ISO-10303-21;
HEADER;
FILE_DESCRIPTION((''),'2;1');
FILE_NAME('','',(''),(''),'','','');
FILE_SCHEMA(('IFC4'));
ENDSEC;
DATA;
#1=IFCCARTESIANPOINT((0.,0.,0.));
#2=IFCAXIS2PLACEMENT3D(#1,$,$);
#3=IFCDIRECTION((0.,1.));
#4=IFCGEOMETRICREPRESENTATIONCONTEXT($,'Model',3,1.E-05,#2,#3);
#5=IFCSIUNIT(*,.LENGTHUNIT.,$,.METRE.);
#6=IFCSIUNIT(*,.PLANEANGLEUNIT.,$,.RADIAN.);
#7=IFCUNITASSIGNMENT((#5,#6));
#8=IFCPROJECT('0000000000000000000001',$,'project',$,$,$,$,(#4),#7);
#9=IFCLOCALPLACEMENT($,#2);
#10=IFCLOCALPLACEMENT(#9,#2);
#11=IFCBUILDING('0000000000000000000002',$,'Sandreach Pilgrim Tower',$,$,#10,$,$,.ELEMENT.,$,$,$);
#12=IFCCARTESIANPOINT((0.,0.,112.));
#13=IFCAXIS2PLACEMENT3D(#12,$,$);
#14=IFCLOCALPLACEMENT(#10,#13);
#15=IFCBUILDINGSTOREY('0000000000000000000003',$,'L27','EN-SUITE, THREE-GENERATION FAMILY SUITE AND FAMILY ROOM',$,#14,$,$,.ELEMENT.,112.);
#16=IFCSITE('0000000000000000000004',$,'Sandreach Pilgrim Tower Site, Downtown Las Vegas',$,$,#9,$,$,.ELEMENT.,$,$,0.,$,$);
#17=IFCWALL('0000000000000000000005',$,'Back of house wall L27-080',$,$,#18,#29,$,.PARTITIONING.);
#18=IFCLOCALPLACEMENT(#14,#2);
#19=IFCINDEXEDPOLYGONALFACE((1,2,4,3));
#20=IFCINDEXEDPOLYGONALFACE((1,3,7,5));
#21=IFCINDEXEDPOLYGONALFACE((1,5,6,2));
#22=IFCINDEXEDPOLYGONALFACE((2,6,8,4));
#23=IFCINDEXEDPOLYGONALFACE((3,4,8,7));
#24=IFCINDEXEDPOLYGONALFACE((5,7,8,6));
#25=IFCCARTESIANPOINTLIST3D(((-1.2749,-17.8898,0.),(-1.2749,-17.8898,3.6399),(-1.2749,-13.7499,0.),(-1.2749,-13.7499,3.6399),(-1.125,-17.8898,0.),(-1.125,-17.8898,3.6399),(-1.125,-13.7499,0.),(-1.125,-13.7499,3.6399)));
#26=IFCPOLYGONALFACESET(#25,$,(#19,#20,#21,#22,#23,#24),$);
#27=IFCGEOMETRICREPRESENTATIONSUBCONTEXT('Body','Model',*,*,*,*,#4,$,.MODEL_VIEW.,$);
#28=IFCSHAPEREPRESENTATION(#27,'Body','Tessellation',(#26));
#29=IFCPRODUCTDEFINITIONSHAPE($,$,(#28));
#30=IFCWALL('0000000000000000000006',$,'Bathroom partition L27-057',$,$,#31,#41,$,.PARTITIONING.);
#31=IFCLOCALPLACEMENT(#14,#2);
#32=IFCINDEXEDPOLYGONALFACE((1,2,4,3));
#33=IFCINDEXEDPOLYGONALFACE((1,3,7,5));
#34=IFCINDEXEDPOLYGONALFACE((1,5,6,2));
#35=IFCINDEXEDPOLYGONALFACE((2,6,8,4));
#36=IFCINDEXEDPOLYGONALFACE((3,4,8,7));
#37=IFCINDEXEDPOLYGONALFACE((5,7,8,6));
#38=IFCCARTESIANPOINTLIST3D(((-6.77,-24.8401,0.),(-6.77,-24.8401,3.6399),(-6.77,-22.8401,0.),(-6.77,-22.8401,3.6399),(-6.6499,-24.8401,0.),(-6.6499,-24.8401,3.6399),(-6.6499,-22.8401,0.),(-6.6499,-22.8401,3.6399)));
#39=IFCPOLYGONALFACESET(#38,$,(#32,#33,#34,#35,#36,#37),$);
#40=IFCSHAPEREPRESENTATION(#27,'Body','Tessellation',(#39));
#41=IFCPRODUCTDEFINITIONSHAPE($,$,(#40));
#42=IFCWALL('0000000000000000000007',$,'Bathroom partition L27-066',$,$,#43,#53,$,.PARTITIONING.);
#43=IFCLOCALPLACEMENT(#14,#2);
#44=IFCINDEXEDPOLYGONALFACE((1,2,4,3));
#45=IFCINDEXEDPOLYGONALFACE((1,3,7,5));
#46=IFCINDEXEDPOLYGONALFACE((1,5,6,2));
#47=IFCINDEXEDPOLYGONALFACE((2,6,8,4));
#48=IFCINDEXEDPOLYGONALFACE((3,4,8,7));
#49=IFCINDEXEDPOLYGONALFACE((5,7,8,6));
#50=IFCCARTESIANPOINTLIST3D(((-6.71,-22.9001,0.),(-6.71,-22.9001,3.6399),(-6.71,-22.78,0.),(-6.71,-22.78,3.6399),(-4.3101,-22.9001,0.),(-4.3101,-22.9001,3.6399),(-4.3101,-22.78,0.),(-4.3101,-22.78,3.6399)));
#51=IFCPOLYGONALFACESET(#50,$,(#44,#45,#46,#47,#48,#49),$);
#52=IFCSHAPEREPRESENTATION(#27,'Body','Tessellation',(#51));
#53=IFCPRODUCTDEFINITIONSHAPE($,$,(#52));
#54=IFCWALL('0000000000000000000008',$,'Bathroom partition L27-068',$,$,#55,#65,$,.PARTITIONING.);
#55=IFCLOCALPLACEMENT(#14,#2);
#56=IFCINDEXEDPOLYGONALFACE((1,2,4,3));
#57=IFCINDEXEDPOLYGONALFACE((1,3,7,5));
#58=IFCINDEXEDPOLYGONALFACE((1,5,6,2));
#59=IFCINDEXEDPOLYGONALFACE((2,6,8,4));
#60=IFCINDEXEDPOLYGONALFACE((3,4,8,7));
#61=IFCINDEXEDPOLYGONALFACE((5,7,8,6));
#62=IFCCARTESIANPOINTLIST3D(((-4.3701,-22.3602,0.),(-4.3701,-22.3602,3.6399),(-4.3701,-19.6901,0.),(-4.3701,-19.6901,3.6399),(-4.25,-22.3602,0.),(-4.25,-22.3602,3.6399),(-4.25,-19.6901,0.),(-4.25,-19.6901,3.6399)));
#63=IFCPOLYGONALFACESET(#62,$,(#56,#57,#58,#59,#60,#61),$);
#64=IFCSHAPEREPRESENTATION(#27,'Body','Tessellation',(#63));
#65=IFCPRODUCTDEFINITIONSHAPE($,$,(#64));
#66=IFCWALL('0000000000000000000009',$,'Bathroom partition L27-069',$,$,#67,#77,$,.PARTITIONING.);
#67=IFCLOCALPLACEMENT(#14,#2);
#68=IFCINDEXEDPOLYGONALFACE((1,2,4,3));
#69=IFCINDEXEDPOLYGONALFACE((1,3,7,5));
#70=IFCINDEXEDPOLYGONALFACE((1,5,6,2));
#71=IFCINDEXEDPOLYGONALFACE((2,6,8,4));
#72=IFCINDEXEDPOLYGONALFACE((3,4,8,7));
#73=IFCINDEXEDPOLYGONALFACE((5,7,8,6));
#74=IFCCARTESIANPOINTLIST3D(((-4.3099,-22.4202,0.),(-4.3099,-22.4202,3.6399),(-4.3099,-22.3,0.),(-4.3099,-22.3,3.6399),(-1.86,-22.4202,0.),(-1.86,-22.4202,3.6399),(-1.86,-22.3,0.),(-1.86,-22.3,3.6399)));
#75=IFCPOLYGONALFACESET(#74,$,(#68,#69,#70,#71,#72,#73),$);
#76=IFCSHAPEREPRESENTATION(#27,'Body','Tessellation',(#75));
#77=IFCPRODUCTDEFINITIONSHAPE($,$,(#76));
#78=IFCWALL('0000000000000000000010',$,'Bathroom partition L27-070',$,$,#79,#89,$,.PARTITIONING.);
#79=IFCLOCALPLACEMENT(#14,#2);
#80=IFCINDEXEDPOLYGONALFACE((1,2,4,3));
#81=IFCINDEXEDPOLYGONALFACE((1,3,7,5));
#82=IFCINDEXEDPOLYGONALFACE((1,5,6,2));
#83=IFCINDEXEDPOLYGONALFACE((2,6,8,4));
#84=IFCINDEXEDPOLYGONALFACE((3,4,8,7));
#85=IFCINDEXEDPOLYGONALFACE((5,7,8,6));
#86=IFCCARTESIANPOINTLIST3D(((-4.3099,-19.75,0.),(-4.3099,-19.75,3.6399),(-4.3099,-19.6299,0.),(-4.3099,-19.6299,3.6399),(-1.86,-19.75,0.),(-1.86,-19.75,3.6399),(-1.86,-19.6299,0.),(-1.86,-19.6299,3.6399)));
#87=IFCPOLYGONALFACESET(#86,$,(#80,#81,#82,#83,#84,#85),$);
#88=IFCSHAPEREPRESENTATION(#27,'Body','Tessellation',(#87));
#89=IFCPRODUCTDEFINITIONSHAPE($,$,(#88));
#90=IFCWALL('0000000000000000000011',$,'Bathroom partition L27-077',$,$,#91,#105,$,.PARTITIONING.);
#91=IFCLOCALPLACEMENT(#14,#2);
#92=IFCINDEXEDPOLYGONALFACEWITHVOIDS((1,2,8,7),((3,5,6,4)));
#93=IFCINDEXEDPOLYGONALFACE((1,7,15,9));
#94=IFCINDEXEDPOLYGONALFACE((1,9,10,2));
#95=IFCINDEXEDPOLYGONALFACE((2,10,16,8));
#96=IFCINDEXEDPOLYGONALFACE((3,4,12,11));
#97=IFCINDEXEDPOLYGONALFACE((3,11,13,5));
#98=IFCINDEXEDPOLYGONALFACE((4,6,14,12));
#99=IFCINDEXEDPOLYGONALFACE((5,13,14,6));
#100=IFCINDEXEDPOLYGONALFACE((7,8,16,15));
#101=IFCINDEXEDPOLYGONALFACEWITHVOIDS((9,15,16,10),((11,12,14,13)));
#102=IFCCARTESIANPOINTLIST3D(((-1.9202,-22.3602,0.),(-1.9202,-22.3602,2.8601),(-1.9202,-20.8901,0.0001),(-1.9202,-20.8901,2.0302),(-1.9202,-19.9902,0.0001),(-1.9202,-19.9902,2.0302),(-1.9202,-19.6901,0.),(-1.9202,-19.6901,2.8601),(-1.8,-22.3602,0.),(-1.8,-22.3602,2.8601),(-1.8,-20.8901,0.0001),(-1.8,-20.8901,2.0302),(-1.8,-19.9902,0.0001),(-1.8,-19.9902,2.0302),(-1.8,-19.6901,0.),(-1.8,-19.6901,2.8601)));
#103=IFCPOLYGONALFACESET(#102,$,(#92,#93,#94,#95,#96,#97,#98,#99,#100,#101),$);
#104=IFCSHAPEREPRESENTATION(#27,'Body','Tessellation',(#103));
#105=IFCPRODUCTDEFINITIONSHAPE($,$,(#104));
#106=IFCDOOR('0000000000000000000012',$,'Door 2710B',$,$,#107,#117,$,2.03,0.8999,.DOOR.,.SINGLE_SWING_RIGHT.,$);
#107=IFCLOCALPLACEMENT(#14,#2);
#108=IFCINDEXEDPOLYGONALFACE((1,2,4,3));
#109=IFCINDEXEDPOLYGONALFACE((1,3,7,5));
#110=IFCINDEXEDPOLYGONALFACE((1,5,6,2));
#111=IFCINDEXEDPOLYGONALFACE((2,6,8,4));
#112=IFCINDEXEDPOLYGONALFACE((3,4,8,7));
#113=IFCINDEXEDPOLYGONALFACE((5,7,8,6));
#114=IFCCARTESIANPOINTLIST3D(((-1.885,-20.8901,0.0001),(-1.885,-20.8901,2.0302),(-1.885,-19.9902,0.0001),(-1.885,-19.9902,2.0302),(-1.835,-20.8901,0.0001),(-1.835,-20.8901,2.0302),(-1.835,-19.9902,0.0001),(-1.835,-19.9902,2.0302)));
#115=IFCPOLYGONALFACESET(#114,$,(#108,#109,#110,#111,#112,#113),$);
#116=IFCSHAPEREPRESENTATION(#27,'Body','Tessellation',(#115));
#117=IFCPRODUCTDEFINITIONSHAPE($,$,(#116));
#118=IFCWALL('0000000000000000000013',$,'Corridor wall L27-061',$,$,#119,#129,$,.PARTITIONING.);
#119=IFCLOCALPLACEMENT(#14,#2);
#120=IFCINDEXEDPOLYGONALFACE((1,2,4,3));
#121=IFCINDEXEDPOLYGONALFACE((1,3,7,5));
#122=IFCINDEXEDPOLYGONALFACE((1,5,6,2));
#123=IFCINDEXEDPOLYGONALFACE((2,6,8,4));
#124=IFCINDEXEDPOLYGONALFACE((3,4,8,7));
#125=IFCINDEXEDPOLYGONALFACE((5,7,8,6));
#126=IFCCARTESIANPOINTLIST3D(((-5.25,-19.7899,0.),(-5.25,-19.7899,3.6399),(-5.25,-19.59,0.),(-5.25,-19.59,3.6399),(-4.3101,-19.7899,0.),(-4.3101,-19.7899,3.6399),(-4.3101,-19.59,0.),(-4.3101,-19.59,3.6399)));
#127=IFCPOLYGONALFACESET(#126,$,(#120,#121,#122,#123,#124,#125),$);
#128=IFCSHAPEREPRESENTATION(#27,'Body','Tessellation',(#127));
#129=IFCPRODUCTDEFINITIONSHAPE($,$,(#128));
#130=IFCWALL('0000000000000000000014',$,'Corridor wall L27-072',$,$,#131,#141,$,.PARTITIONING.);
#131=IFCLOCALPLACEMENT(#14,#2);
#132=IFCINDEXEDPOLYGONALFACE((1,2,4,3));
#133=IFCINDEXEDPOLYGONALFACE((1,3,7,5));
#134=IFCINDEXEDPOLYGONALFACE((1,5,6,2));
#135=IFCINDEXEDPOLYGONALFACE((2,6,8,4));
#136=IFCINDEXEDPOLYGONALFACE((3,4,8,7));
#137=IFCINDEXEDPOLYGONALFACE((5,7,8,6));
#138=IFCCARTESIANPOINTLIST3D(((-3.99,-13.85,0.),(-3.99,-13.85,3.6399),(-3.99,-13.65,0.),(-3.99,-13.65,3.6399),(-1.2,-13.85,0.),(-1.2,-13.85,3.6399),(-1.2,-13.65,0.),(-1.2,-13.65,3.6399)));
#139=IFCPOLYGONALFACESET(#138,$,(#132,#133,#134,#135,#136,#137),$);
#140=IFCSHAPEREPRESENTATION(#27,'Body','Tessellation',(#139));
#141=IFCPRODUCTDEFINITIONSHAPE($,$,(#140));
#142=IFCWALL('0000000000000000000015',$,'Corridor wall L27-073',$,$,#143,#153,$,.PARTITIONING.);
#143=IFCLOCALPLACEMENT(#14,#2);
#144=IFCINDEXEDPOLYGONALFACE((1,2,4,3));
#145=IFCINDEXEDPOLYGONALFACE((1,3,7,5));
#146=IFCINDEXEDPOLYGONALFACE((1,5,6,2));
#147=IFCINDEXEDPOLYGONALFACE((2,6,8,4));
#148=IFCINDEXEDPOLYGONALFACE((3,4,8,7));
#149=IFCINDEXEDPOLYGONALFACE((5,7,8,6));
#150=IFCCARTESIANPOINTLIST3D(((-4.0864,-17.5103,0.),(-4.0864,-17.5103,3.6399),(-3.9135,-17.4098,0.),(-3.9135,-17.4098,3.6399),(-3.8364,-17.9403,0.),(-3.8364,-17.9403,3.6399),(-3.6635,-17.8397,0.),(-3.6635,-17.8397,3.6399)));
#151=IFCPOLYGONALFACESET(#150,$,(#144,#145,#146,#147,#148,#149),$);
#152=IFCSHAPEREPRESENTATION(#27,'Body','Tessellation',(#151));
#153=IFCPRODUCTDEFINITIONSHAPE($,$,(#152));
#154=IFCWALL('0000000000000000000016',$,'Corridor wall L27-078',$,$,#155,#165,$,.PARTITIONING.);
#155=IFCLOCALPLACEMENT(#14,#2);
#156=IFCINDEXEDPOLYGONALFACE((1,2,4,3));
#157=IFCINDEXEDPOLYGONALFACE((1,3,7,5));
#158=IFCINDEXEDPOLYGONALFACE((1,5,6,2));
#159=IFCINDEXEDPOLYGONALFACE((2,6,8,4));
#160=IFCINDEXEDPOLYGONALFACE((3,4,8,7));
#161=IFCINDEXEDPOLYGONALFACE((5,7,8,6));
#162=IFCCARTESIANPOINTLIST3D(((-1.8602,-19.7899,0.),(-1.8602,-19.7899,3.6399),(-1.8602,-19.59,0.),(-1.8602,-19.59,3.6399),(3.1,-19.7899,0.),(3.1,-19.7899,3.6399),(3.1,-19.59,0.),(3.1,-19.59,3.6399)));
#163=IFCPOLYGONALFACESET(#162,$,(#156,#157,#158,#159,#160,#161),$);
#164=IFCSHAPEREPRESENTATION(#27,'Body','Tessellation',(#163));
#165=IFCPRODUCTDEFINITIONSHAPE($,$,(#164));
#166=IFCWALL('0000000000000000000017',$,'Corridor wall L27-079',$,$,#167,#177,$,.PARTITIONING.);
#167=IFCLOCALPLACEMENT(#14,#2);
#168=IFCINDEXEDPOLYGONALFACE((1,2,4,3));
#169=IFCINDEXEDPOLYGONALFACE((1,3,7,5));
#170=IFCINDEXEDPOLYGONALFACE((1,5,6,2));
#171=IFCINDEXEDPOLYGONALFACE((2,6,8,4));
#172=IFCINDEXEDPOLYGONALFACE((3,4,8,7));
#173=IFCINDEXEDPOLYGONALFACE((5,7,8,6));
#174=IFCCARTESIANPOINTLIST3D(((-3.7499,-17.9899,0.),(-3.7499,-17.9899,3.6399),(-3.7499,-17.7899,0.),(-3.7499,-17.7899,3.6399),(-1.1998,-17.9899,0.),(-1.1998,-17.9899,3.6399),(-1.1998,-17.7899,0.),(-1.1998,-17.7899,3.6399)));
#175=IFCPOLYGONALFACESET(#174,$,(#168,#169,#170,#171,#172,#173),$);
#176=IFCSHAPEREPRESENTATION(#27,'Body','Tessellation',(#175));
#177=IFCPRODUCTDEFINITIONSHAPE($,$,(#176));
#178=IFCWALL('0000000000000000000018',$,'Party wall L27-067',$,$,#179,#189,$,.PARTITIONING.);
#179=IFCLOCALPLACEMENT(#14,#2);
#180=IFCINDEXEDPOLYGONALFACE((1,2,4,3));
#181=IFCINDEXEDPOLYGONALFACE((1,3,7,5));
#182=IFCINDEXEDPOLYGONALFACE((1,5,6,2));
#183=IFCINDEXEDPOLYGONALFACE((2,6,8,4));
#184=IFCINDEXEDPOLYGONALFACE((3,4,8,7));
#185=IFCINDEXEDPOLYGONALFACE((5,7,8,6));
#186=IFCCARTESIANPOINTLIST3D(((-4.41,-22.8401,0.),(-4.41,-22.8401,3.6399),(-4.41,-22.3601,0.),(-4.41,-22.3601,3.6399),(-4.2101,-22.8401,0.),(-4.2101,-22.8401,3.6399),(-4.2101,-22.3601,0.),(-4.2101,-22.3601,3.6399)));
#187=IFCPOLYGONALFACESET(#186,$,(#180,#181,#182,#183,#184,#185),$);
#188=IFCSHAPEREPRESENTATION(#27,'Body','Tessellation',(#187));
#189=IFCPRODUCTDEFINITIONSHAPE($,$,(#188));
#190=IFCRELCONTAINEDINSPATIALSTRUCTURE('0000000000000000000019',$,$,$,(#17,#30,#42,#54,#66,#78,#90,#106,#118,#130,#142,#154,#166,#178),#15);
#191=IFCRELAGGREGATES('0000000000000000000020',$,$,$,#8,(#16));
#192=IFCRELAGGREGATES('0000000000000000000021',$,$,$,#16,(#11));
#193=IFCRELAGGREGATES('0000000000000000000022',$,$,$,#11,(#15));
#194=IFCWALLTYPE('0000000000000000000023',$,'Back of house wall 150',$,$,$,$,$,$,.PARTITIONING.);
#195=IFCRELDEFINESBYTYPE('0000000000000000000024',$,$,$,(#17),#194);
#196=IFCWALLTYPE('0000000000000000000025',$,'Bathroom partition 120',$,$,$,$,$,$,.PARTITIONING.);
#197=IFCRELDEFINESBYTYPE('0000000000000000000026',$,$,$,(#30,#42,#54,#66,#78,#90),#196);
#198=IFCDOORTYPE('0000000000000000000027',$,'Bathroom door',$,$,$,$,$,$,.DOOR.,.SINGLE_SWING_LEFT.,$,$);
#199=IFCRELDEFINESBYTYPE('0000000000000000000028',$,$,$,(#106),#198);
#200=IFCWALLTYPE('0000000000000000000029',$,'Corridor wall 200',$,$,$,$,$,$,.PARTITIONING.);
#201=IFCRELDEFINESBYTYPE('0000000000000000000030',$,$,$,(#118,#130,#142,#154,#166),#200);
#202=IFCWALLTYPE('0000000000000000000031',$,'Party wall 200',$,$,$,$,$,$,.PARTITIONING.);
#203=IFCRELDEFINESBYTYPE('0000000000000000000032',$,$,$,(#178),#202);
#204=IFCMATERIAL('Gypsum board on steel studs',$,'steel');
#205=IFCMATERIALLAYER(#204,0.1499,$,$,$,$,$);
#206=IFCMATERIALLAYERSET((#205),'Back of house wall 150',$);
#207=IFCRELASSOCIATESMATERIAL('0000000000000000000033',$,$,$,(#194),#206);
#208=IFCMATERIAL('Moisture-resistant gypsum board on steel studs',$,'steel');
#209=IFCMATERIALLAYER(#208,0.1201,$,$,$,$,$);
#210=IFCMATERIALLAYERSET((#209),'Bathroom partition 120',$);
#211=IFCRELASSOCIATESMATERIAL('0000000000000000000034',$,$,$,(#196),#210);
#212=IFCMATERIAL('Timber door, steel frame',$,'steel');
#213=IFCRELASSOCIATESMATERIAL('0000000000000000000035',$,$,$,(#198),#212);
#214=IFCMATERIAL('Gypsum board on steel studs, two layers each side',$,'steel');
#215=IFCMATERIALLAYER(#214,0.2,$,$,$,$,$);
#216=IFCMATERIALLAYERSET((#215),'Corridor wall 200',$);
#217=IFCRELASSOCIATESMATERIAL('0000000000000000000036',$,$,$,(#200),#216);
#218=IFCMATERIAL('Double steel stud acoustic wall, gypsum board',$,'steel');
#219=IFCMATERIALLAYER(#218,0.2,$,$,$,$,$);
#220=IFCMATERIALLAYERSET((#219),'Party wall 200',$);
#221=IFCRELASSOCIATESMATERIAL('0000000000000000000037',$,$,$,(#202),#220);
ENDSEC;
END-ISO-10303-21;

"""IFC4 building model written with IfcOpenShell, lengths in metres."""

from ifc_helpers import new_model, si_unit, direction, frame, frame_2d, origin, place, context, subcontext, project, spatial, rectangle, extrude, material, layer, layer_set, type_object, element, fill, save


model = new_model("IFC4")

# Units and contexts
model_context = context("Model", 3, precision=1e-05, world=origin(), true_north=direction((0.0, 1.0)))
body_context = subcontext(model_context, "Body", "Model", "MODEL_VIEW")
ifc_project = project(units=[si_unit("LENGTHUNIT", "METRE"), si_unit("PLANEANGLEUNIT", "RADIAN")], contexts=[model_context])

# Site, building, storey
site_placement = place(None, origin())
site = spatial("IfcSite", under=ifc_project, at=site_placement, Name="Sandreach Pilgrim Tower Site, Downtown Las Vegas", CompositionType="ELEMENT", RefElevation=0.0)
building_placement = place(site_placement, origin())
building = spatial("IfcBuilding", under=site, at=building_placement, Name="Sandreach Pilgrim Tower", CompositionType="ELEMENT")
storey_placement = place(building_placement, frame((0.0, 0.0, 112.0)))
storey = spatial("IfcBuildingStorey", under=building, at=storey_placement, Name="L27", Description="EN-SUITE, THREE-GENERATION FAMILY SUITE AND FAMILY ROOM", CompositionType="ELEMENT", Elevation=112.0)

# Walls
ifc_material_1 = material(Name="Gypsum board on steel studs", Category="steel")
ifc_layer_1 = layer(ifc_material_1, 0.1499)
ifc_layer_set_1 = layer_set([ifc_layer_1], Name="Back of house wall 150")
wall_type_1 = type_object("IfcWallType", Name="Back of house wall 150", PredefinedType="PARTITIONING", material=ifc_layer_set_1)
wall_1_placement = place(storey_placement, frame((-1.2, -13.75, 0.0), z_axis=(0.0, 0.0, 1.0), x_axis=(0.0, -1.0, 0.0)))
element("IfcWall", 1, at=wall_1_placement, inside=storey, type_object=wall_type_1, Name="Back of house wall L27-080", PredefinedType="PARTITIONING", context=body_context, shape_type="SweptSolid", body=[
    extrude(rectangle(XDim=4.1399, YDim=0.1499, at=frame_2d((2.0698, 0.0))), origin(), (0.0, 0.0, 1.0), 3.6399),
])
ifc_material_2 = material(Name="Moisture-resistant gypsum board on steel studs", Category="steel")
ifc_layer_2 = layer(ifc_material_2, 0.1201)
ifc_layer_set_2 = layer_set([ifc_layer_2], Name="Bathroom partition 120")
wall_type_2 = type_object("IfcWallType", Name="Bathroom partition 120", PredefinedType="PARTITIONING", material=ifc_layer_set_2)
wall_2_placement = place(storey_placement, frame((-6.71, -22.8401, 0.0), z_axis=(0.0, 0.0, 1.0), x_axis=(0.0, -1.0, 0.0)))
element("IfcWall", 2, at=wall_2_placement, inside=storey, type_object=wall_type_2, Name="Bathroom partition L27-057", PredefinedType="PARTITIONING", context=body_context, shape_type="SweptSolid", body=[
    extrude(rectangle(XDim=2.0, YDim=0.1201, at=frame_2d((1.0, 0.0))), origin(), (0.0, 0.0, 1.0), 3.6399),
])
wall_3_placement = place(storey_placement, frame((-4.3101, -22.8401, 0.0), z_axis=(0.0, 0.0, 1.0), x_axis=(-1.0, 0.0, 0.0)))
element("IfcWall", 3, at=wall_3_placement, inside=storey, type_object=wall_type_2, Name="Bathroom partition L27-066", PredefinedType="PARTITIONING", context=body_context, shape_type="SweptSolid", body=[
    extrude(rectangle(XDim=2.3999, YDim=0.1201, at=frame_2d((1.2, 0.0))), origin(), (0.0, 0.0, 1.0), 3.6399),
])
wall_4_placement = place(storey_placement, frame((-4.3101, -22.3601, 0.0), z_axis=(0.0, 0.0, 1.0), x_axis=(0.0, 1.0, 0.0)))
element("IfcWall", 4, at=wall_4_placement, inside=storey, type_object=wall_type_2, Name="Bathroom partition L27-068", PredefinedType="PARTITIONING", context=body_context, shape_type="SweptSolid", body=[
    extrude(rectangle(XDim=2.6702, YDim=0.1201, at=frame_2d((1.335, 0.0))), origin(), (0.0, 0.0, 1.0), 3.6399),
])
for number, where, z_axis, x_axis, name in (
    (5, (-4.3101, -22.3601, 0.0), (0.0, 0.0, 1.0), (1.0, 0.0, 0.0), "Bathroom partition L27-069"),
    (6, (-4.3101, -19.6899, 0.0), (0.0, 0.0, 1.0), (1.0, 0.0, 0.0), "Bathroom partition L27-070"),
):
    element("IfcWall", number, at=place(storey_placement, frame(where, z_axis=z_axis, x_axis=x_axis)), inside=storey, type_object=wall_type_2, Name=name, PredefinedType="PARTITIONING", context=body_context, shape_type="SweptSolid", body=[
        extrude(rectangle(XDim=2.45, YDim=0.1201, at=frame_2d((1.2251, 0.0))), origin(), (0.0, 0.0, 1.0), 3.6399),
    ])

# Wall, opening, door
wall_5_placement = place(storey_placement, frame((-1.8601, -22.3601, 0.0), z_axis=(0.0, 0.0, 1.0), x_axis=(0.0, 1.0, 0.0)))
wall_5 = element("IfcWall", 7, at=wall_5_placement, inside=storey, type_object=wall_type_2, Name="Bathroom partition L27-077", PredefinedType="PARTITIONING", context=body_context, shape_type="SweptSolid", body=[
    extrude(rectangle(XDim=2.6702, YDim=0.1201, at=frame_2d((1.335, 0.0))), origin(), (0.0, 0.0, 1.0), 2.8601),
])
opening_1_placement = place(wall_5_placement, frame((1.47, 0.0, 0.0)))
opening_1 = element("IfcOpeningElement", 8, at=opening_1_placement, cuts=wall_5, PredefinedType="OPENING", context=body_context, shape_type="SweptSolid", body=[
    extrude(rectangle(XDim=0.8999, YDim=2.03, at=frame_2d((0.45, 1.0151))), frame((0.0, 0.0601, 0.0), z_axis=(0.0, -1.0, 0.0), x_axis=(1.0, 0.0, 0.0)), (0.0, 0.0, 1.0), 0.1201),
])
ifc_material_3 = material(Name="Timber door, steel frame", Category="steel")
door_type_1 = type_object("IfcDoorType", Name="Bathroom door", OperationType="SINGLE_SWING_LEFT", PredefinedType="DOOR", material=ifc_material_3)
door_1_placement = place(opening_1_placement, origin())
door_1 = element("IfcDoor", 9, at=door_1_placement, inside=storey, type_object=door_type_1, Name="Door 2710B", OperationType="SINGLE_SWING_RIGHT", OverallHeight=2.03, OverallWidth=0.8999, PredefinedType="DOOR", context=body_context, shape_type="SweptSolid", body=[
    extrude(rectangle(XDim=0.8999, YDim=2.03, at=frame_2d((0.45, 1.0151))), frame((0.0, 0.0249, 0.0), z_axis=(0.0, -1.0, 0.0), x_axis=(1.0, 0.0, 0.0)), (0.0, 0.0, 1.0), 0.05),
])
fill(opening_1, door_1)
ifc_material_4 = material(Name="Gypsum board on steel studs, two layers each side", Category="steel")
ifc_layer_3 = layer(ifc_material_4, 0.2)
ifc_layer_set_3 = layer_set([ifc_layer_3], Name="Corridor wall 200")
wall_type_3 = type_object("IfcWallType", Name="Corridor wall 200", PredefinedType="PARTITIONING", material=ifc_layer_set_3)

# Wall
wall_6_placement = place(storey_placement, frame((-5.25, -19.6899, 0.0), z_axis=(0.0, 0.0, 1.0), x_axis=(1.0, 0.0, 0.0)))
element("IfcWall", 10, at=wall_6_placement, inside=storey, type_object=wall_type_3, Name="Corridor wall L27-061", PredefinedType="PARTITIONING", context=body_context, shape_type="SweptSolid", body=[
    extrude(rectangle(XDim=0.9399, YDim=0.2, at=frame_2d((0.47, 0.0))), origin(), (0.0, 0.0, 1.0), 3.6399),
])

# Walls
wall_7_placement = place(storey_placement, frame((-3.99, -13.75, 0.0), z_axis=(0.0, 0.0, 1.0), x_axis=(1.0, 0.0, 0.0)))
element("IfcWall", 11, at=wall_7_placement, inside=storey, type_object=wall_type_3, Name="Corridor wall L27-072", PredefinedType="PARTITIONING", context=body_context, shape_type="SweptSolid", body=[
    extrude(rectangle(XDim=2.79, YDim=0.2, at=frame_2d((1.395, 0.0))), origin(), (0.0, 0.0, 1.0), 3.6399),
])
wall_8_placement = place(storey_placement, frame((-3.75, -17.8899, 0.0), z_axis=(0.0, 0.0, 1.0), x_axis=(-0.50268, 0.864472, 0.0)))
element("IfcWall", 12, at=wall_8_placement, inside=storey, type_object=wall_type_3, Name="Corridor wall L27-073", PredefinedType="PARTITIONING", context=body_context, shape_type="SweptSolid", body=[
    extrude(rectangle(XDim=0.4973, YDim=0.2, at=frame_2d((0.2485, 0.0))), origin(), (0.0, 0.0, 1.0), 3.6399),
])
wall_9_placement = place(storey_placement, frame((-1.8601, -19.6899, 0.0), z_axis=(0.0, 0.0, 1.0), x_axis=(1.0, 0.0, 0.0)))
element("IfcWall", 13, at=wall_9_placement, inside=storey, type_object=wall_type_3, Name="Corridor wall L27-078", PredefinedType="PARTITIONING", context=body_context, shape_type="SweptSolid", body=[
    extrude(rectangle(XDim=4.9602, YDim=0.2, at=frame_2d((2.48, 0.0))), origin(), (0.0, 0.0, 1.0), 3.6399),
])
wall_10_placement = place(storey_placement, frame((-1.2, -17.8899, 0.0), z_axis=(0.0, 0.0, 1.0), x_axis=(-1.0, 0.0, 0.0)))
element("IfcWall", 14, at=wall_10_placement, inside=storey, type_object=wall_type_3, Name="Corridor wall L27-079", PredefinedType="PARTITIONING", context=body_context, shape_type="SweptSolid", body=[
    extrude(rectangle(XDim=2.55, YDim=0.2, at=frame_2d((1.2749, 0.0))), origin(), (0.0, 0.0, 1.0), 3.6399),
])
ifc_material_5 = material(Name="Double steel stud acoustic wall, gypsum board", Category="steel")
ifc_layer_4 = layer(ifc_material_5, 0.2)
ifc_layer_set_4 = layer_set([ifc_layer_4], Name="Party wall 200")
wall_type_4 = type_object("IfcWallType", Name="Party wall 200", PredefinedType="PARTITIONING", material=ifc_layer_set_4)
wall_11_placement = place(storey_placement, frame((-4.3101, -22.8401, 0.0), z_axis=(0.0, 0.0, 1.0), x_axis=(0.0, 1.0, 0.0)))
element("IfcWall", 15, at=wall_11_placement, inside=storey, type_object=wall_type_4, Name="Party wall L27-067", PredefinedType="PARTITIONING", context=body_context, shape_type="SweptSolid", body=[
    extrude(rectangle(XDim=0.48, YDim=0.2, at=frame_2d((0.24, 0.0))), origin(), (0.0, 0.0, 1.0), 3.6399),
])

save(model, "model.ifc")
